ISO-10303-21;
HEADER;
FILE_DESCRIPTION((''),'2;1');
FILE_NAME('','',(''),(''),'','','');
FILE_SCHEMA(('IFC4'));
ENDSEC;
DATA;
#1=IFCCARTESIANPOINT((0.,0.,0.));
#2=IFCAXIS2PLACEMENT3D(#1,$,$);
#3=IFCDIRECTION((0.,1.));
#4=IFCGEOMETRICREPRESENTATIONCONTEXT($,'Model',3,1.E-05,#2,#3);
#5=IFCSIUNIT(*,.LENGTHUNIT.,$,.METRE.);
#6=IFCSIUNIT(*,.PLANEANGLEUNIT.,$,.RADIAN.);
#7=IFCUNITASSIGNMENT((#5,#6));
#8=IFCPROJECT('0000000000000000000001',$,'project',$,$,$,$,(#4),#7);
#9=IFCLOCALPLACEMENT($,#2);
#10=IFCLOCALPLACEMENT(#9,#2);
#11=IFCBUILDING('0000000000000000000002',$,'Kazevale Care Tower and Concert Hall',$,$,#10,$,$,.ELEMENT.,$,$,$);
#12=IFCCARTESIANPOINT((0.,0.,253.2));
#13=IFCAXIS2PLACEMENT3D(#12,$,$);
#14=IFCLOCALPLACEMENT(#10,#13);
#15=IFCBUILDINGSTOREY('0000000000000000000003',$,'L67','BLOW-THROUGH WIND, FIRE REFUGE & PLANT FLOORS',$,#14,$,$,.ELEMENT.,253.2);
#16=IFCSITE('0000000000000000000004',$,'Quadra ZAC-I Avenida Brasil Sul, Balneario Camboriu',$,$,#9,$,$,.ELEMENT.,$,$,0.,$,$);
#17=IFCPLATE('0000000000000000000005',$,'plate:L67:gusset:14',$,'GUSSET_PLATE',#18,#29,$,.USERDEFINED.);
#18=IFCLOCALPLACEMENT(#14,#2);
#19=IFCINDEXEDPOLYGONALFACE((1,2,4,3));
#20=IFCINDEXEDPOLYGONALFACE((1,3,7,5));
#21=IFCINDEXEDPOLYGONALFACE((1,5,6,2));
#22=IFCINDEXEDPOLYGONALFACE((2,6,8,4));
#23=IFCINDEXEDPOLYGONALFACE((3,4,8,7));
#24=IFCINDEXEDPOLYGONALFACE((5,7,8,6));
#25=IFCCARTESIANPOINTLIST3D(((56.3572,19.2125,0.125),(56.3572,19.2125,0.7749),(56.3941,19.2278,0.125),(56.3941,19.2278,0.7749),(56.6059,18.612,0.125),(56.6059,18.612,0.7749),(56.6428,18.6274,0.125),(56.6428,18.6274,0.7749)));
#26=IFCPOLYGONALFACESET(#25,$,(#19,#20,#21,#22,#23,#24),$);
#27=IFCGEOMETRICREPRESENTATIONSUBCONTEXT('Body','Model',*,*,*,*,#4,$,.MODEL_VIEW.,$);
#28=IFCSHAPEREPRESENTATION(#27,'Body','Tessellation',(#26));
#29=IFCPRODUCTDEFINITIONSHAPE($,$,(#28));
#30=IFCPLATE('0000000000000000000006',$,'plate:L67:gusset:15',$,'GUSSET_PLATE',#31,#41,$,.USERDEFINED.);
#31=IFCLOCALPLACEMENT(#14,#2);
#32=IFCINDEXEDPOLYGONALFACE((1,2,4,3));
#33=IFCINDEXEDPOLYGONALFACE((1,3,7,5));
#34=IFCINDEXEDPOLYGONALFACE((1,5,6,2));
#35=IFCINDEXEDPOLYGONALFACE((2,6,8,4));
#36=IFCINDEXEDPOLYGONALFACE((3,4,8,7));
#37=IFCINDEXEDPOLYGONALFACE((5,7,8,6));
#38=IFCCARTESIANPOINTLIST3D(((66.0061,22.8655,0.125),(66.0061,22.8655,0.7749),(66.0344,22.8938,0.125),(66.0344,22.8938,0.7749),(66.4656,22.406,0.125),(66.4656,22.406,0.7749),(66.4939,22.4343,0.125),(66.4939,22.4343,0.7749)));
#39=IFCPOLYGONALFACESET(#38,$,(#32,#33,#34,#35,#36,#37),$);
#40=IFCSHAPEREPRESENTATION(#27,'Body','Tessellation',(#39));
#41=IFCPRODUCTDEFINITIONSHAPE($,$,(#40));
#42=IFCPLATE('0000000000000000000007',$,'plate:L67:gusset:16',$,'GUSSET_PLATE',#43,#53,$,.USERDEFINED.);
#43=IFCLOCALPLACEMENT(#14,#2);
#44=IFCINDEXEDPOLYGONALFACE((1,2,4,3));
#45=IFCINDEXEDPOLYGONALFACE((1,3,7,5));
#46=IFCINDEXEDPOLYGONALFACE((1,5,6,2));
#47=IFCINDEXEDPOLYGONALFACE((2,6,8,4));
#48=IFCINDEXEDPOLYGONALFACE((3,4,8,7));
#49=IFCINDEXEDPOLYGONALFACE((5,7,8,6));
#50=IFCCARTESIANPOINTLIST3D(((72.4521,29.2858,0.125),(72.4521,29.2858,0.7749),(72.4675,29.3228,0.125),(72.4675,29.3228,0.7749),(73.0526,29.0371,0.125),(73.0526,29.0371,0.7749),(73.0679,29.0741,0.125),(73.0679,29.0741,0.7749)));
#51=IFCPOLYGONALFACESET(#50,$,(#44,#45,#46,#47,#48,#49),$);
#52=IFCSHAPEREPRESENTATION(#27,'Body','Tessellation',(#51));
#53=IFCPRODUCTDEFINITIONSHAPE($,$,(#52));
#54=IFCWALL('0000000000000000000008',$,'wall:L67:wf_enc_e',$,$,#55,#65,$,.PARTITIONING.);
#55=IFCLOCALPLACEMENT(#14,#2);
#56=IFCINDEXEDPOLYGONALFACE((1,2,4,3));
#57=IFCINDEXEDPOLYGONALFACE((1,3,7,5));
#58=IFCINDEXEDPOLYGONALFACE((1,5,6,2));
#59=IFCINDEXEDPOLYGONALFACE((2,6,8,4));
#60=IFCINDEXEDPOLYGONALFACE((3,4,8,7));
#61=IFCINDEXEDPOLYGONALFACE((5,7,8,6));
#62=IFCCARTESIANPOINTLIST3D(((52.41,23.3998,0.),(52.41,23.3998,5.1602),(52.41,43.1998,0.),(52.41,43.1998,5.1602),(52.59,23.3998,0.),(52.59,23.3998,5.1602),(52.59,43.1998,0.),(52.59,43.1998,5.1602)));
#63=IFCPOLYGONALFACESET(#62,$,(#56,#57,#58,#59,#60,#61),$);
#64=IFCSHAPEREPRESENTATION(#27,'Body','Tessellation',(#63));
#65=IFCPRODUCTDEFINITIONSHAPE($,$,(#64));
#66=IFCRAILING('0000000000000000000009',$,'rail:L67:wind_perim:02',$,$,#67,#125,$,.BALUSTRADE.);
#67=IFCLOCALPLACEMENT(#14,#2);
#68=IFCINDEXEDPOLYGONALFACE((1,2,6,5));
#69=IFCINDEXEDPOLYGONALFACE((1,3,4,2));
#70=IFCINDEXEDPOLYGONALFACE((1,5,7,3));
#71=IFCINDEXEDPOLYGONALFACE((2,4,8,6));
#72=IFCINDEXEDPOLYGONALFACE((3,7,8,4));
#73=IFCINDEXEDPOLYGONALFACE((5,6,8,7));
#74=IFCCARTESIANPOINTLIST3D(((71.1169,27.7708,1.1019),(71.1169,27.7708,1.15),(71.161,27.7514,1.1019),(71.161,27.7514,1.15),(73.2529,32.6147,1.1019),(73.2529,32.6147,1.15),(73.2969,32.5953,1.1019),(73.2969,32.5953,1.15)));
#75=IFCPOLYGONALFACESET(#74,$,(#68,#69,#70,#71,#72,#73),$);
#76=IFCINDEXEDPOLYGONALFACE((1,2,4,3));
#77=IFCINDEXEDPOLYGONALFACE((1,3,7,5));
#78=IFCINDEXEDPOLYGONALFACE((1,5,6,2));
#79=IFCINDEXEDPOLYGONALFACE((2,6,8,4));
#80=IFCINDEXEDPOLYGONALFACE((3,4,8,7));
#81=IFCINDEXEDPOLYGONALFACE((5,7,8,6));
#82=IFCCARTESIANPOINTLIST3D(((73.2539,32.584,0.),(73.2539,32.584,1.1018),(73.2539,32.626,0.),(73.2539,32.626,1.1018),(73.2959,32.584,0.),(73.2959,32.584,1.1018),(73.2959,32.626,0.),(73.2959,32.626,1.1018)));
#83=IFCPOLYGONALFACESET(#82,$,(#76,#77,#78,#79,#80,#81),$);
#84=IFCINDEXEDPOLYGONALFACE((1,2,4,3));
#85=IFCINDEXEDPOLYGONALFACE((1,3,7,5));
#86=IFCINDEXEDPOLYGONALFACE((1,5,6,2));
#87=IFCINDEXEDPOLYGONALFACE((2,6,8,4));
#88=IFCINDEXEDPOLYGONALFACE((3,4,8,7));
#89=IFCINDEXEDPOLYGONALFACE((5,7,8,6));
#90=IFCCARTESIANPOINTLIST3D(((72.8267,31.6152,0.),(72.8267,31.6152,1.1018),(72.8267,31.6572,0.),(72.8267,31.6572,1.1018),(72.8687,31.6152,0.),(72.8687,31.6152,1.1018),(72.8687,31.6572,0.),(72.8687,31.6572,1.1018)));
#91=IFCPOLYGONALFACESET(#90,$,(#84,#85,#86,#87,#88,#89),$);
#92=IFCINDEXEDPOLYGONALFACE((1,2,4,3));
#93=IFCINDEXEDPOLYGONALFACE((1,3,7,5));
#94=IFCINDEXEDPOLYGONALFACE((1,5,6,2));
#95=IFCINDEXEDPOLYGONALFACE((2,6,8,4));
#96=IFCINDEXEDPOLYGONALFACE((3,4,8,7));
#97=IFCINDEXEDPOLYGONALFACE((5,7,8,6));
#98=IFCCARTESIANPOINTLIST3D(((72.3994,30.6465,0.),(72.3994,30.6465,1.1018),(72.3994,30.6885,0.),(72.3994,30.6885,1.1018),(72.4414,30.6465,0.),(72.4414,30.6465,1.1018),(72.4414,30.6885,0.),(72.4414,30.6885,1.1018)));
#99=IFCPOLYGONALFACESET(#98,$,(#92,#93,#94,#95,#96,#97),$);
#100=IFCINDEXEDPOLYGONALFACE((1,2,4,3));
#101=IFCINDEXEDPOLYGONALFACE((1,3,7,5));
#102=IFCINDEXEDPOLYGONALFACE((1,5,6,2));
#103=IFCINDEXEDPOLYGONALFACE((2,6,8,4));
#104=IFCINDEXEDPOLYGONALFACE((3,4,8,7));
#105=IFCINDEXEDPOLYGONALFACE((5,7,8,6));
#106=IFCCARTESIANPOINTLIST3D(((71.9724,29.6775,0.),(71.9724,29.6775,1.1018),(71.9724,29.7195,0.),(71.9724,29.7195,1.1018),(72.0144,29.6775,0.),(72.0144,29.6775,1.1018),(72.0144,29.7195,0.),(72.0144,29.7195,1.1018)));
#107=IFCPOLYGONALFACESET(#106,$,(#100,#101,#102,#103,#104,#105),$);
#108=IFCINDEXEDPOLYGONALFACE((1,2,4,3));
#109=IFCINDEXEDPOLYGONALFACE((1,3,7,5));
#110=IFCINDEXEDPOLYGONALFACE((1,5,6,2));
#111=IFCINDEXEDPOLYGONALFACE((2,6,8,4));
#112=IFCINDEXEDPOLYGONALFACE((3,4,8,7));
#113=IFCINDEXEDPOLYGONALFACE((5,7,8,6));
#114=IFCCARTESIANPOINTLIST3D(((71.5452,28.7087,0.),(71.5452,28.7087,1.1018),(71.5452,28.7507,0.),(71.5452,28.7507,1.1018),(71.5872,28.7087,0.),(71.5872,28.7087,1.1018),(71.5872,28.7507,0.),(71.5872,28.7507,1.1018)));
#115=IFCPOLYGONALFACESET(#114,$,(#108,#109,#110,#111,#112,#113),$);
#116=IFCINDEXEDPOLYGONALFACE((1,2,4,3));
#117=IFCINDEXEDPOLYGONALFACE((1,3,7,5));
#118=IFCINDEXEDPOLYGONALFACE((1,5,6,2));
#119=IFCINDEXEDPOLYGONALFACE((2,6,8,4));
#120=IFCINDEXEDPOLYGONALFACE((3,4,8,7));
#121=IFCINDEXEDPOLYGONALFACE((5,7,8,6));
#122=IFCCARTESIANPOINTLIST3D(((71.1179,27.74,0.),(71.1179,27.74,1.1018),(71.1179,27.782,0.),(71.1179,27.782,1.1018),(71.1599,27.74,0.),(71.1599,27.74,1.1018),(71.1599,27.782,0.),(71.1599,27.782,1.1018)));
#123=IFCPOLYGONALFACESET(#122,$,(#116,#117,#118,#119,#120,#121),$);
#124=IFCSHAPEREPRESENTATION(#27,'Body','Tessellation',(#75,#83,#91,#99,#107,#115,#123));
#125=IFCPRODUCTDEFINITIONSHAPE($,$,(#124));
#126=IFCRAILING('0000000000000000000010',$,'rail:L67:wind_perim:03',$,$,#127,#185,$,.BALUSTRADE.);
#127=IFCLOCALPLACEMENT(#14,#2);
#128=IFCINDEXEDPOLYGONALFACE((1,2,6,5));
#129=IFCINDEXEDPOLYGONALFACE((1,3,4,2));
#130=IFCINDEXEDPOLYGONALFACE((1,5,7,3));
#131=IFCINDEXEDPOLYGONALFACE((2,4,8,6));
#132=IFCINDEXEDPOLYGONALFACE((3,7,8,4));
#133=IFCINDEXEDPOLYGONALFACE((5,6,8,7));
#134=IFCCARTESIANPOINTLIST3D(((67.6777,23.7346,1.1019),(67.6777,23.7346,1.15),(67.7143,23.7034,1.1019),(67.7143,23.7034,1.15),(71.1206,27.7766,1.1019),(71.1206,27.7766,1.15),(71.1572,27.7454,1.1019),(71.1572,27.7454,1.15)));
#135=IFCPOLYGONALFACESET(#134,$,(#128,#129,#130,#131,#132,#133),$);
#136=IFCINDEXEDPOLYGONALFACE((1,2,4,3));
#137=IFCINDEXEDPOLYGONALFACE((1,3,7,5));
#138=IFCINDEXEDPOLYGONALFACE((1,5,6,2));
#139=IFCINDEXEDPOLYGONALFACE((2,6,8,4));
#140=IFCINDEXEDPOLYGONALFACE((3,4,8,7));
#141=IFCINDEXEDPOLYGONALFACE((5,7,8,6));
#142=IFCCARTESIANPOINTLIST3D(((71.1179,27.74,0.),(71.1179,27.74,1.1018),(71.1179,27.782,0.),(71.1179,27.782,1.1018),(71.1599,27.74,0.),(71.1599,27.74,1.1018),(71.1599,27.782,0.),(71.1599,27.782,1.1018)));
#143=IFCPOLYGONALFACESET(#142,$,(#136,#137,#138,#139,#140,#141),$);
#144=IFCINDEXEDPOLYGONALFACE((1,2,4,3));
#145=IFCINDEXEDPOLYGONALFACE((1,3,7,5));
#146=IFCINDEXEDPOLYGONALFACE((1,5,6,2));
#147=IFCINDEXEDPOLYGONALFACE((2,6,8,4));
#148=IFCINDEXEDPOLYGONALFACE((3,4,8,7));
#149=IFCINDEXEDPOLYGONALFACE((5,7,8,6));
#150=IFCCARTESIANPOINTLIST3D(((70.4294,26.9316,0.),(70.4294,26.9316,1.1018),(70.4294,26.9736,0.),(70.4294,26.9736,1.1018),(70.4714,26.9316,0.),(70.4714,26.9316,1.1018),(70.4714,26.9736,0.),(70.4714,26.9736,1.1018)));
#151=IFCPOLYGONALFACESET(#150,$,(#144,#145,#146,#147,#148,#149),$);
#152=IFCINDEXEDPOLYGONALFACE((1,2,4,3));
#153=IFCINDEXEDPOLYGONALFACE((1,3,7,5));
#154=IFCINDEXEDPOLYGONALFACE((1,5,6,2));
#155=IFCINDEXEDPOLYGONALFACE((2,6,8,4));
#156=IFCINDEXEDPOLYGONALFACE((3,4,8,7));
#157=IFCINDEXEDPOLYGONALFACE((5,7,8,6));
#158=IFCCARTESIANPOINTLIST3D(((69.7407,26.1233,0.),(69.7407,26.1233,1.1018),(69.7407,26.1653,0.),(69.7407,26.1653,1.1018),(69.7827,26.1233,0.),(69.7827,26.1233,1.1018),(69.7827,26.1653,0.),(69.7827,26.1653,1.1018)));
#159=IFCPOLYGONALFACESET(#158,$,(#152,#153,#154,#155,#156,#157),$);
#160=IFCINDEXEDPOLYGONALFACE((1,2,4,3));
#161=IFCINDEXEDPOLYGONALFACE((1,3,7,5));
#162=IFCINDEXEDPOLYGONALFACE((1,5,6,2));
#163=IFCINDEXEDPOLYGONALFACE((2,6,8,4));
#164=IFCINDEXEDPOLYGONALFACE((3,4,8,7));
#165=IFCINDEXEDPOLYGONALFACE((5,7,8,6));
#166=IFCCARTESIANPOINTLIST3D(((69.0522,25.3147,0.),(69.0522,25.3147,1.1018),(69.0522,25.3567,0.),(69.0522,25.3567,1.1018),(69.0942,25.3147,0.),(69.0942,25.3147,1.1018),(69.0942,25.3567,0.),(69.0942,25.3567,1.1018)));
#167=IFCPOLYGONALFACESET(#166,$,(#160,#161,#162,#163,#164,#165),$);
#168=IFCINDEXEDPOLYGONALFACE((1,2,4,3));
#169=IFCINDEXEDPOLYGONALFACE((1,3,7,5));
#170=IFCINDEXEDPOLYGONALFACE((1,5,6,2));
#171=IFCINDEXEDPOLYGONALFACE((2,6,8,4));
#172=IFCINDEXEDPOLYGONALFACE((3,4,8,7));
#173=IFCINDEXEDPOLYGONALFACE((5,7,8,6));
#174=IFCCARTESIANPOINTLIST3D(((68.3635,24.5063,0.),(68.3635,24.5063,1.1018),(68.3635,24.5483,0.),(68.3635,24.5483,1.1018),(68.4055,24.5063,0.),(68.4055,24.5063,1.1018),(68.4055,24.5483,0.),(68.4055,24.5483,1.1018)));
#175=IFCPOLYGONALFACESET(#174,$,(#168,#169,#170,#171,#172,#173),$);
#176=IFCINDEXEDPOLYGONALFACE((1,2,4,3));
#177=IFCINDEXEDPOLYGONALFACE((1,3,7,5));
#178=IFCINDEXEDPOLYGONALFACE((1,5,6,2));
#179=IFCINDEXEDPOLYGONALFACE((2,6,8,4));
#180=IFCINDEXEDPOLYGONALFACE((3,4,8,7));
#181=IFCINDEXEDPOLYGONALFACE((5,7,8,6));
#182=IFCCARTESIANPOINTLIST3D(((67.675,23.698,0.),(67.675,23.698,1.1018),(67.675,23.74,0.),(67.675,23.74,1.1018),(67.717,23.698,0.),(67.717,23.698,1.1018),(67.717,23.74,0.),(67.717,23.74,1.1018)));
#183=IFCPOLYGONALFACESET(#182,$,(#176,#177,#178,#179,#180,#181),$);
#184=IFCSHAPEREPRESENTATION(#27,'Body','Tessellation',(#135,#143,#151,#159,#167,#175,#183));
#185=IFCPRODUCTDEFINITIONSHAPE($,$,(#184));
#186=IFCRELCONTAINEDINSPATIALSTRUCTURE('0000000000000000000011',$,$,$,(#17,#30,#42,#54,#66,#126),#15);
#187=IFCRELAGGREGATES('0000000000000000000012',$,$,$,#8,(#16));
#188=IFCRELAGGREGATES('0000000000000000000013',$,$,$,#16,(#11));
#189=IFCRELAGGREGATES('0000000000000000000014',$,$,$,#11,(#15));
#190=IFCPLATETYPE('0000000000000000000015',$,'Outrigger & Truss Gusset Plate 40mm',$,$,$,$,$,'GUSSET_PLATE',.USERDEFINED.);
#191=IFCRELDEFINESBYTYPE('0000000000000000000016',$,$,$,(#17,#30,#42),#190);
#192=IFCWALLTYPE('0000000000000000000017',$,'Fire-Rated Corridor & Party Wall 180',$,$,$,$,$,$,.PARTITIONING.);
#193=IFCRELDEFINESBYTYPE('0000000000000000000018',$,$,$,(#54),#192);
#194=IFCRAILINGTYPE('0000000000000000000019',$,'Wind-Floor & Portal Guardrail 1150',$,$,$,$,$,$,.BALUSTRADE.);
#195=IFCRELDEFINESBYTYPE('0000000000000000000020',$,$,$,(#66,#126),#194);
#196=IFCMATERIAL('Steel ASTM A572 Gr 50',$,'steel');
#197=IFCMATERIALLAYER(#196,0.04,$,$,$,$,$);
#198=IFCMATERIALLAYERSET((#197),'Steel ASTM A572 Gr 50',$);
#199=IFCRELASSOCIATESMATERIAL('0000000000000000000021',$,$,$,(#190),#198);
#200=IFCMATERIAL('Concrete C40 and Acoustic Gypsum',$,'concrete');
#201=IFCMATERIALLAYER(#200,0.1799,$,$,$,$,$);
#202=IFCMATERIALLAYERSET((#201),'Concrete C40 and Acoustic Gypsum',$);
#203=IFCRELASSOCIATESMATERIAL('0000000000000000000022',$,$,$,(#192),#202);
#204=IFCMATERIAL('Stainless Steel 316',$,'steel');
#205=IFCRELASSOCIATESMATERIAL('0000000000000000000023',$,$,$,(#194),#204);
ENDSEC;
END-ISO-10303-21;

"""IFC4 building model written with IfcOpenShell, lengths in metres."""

from ifc_helpers import new_model, si_unit, direction, frame, frame_2d, origin, origin_2d, place, context, subcontext, project, spatial, rectangle, extrude, material, layer, layer_set, type_object, element, save


model = new_model("IFC4")

# Units and contexts
model_context = context("Model", 3, precision=1e-05, world=origin(), true_north=direction((0.0, 1.0)))
body_context = subcontext(model_context, "Body", "Model", "MODEL_VIEW")
ifc_project = project(units=[si_unit("LENGTHUNIT", "METRE"), si_unit("PLANEANGLEUNIT", "RADIAN")], contexts=[model_context])

# Site, building, storey
site_placement = place(None, origin())
site = spatial("IfcSite", under=ifc_project, at=site_placement, Name="Quadra ZAC-I Avenida Brasil Sul, Balneario Camboriu", CompositionType="ELEMENT", RefElevation=0.0)
building_placement = place(site_placement, origin())
building = spatial("IfcBuilding", under=site, at=building_placement, Name="Kazevale Care Tower and Concert Hall", CompositionType="ELEMENT")
storey_placement = place(building_placement, frame((0.0, 0.0, 253.2)))
storey = spatial("IfcBuildingStorey", under=building, at=storey_placement, Name="L67", Description="BLOW-THROUGH WIND, FIRE REFUGE & PLANT FLOORS", CompositionType="ELEMENT", Elevation=253.2)

# Shared definitions
ifc_material_1 = material(Name="Steel ASTM A572 Gr 50", Category="steel")

# Plates
ifc_layer_1 = layer(ifc_material_1, 0.04)
ifc_layer_set_1 = layer_set([ifc_layer_1], Name="Steel ASTM A572 Gr 50")
plate_type_1 = type_object("IfcPlateType", Name="Outrigger & Truss Gusset Plate 40mm", ElementType="GUSSET_PLATE", PredefinedType="USERDEFINED", material=ifc_layer_set_1)
for number, where, z_axis, x_axis, name in (
    (1, (56.5, 18.9199, 0.125), (0.0, 0.0, 1.0), (0.382683, -0.92388, 0.0), "plate:L67:gusset:14"),
    (2, (66.25, 22.6499, 0.125), (0.0, 0.0, 1.0), (0.707107, -0.707107, 0.0), "plate:L67:gusset:15"),
    (3, (72.76, 29.1799, 0.125), (0.0, 0.0, 1.0), (0.92388, -0.382683, 0.0), "plate:L67:gusset:16"),
):
    element("IfcPlate", number, at=place(storey_placement, frame(where, z_axis=z_axis, x_axis=x_axis)), inside=storey, type_object=plate_type_1, Name=name, ObjectType="GUSSET_PLATE", PredefinedType="USERDEFINED", context=body_context, shape_type="SweptSolid", body=[
        extrude(rectangle(XDim=0.6499, YDim=0.04, at=origin_2d()), origin(), (0.0, 0.0, 1.0), 0.6499),
    ])

# Wall
ifc_material_2 = material(Name="Concrete C40 and Acoustic Gypsum", Category="concrete")
ifc_layer_2 = layer(ifc_material_2, 0.1799)
ifc_layer_set_2 = layer_set([ifc_layer_2], Name="Concrete C40 and Acoustic Gypsum")
wall_type = type_object("IfcWallType", Name="Fire-Rated Corridor & Party Wall 180", PredefinedType="PARTITIONING", material=ifc_layer_set_2)
wall_placement = place(storey_placement, frame((52.5, 23.3999, 0.0), z_axis=(0.0, 0.0, 1.0), x_axis=(0.0, 1.0, 0.0)))
element("IfcWall", 4, at=wall_placement, inside=storey, type_object=wall_type, Name="wall:L67:wf_enc_e", PredefinedType="PARTITIONING", context=body_context, shape_type="SweptSolid", body=[
    extrude(rectangle(XDim=19.8, YDim=0.1799, at=frame_2d((9.8999, 0.0))), origin(), (0.0, 0.0, 1.0), 5.1602),
])

# Railings
ifc_material_3 = material(Name="Stainless Steel 316", Category="steel")
railing_type = type_object("IfcRailingType", Name="Wind-Floor & Portal Guardrail 1150", PredefinedType="BALUSTRADE", material=ifc_material_3)
railing_1_placement = place(storey_placement, frame((73.2749, 32.605, 0.0)))
element("IfcRailing", 5, at=railing_1_placement, inside=storey, type_object=railing_type, Name="rail:L67:wind_perim:02", PredefinedType="BALUSTRADE", context=body_context, shape_type="SweptSolid", body=[
    extrude(rectangle(XDim=0.0481, YDim=0.0481, at=origin_2d()), frame((0.0, 0.0, 1.126), z_axis=(-0.403471, -0.914992, 0.0), x_axis=(0.914992, -0.403471, 0.0)), (0.0, 0.0, 1.0), 5.2939),
    extrude(rectangle(XDim=0.042, YDim=0.042, at=origin_2d()), origin(), (0.0, 0.0, 1.0), 1.1018),
    extrude(rectangle(XDim=0.042, YDim=0.042, at=origin_2d()), frame((-0.4272, -0.9688, 0.0)), (0.0, 0.0, 1.0), 1.1018),
    extrude(rectangle(XDim=0.042, YDim=0.042, at=origin_2d()), frame((-0.8545, -1.9375, 0.0)), (0.0, 0.0, 1.0), 1.1018),
    extrude(rectangle(XDim=0.042, YDim=0.042, at=origin_2d()), frame((-1.2815, -2.9065, 0.0)), (0.0, 0.0, 1.0), 1.1018),
    extrude(rectangle(XDim=0.042, YDim=0.042, at=origin_2d()), frame((-1.7087, -3.8752, 0.0)), (0.0, 0.0, 1.0), 1.1018),
    extrude(rectangle(XDim=0.042, YDim=0.042, at=origin_2d()), frame((-2.136, -4.844, 0.0)), (0.0, 0.0, 1.0), 1.1018),
])
railing_2_placement = place(storey_placement, frame((71.1389, 27.761, 0.0)))
element("IfcRailing", 6, at=railing_2_placement, inside=storey, type_object=railing_type, Name="rail:L67:wind_perim:03", PredefinedType="BALUSTRADE", context=body_context, shape_type="SweptSolid", body=[
    extrude(rectangle(XDim=0.0481, YDim=0.0481, at=origin_2d()), frame((0.0, 0.0, 1.126), z_axis=(-0.648433, -0.761272, 0.0), x_axis=(0.761272, -0.648433, 0.0)), (0.0, 0.0, 1.0), 5.3096),
    extrude(rectangle(XDim=0.042, YDim=0.042, at=origin_2d()), origin(), (0.0, 0.0, 1.0), 1.1018),
    extrude(rectangle(XDim=0.042, YDim=0.042, at=origin_2d()), frame((-0.6885, -0.8083, 0.0)), (0.0, 0.0, 1.0), 1.1018),
    extrude(rectangle(XDim=0.042, YDim=0.042, at=origin_2d()), frame((-1.3772, -1.6167, 0.0)), (0.0, 0.0, 1.0), 1.1018),
    extrude(rectangle(XDim=0.042, YDim=0.042, at=origin_2d()), frame((-2.0657, -2.4253, 0.0)), (0.0, 0.0, 1.0), 1.1018),
    extrude(rectangle(XDim=0.042, YDim=0.042, at=origin_2d()), frame((-2.7544, -3.2336, 0.0)), (0.0, 0.0, 1.0), 1.1018),
    extrude(rectangle(XDim=0.042, YDim=0.042, at=origin_2d()), frame((-3.4429, -4.042, 0.0)), (0.0, 0.0, 1.0), 1.1018),
])

save(model, "model.ifc")
